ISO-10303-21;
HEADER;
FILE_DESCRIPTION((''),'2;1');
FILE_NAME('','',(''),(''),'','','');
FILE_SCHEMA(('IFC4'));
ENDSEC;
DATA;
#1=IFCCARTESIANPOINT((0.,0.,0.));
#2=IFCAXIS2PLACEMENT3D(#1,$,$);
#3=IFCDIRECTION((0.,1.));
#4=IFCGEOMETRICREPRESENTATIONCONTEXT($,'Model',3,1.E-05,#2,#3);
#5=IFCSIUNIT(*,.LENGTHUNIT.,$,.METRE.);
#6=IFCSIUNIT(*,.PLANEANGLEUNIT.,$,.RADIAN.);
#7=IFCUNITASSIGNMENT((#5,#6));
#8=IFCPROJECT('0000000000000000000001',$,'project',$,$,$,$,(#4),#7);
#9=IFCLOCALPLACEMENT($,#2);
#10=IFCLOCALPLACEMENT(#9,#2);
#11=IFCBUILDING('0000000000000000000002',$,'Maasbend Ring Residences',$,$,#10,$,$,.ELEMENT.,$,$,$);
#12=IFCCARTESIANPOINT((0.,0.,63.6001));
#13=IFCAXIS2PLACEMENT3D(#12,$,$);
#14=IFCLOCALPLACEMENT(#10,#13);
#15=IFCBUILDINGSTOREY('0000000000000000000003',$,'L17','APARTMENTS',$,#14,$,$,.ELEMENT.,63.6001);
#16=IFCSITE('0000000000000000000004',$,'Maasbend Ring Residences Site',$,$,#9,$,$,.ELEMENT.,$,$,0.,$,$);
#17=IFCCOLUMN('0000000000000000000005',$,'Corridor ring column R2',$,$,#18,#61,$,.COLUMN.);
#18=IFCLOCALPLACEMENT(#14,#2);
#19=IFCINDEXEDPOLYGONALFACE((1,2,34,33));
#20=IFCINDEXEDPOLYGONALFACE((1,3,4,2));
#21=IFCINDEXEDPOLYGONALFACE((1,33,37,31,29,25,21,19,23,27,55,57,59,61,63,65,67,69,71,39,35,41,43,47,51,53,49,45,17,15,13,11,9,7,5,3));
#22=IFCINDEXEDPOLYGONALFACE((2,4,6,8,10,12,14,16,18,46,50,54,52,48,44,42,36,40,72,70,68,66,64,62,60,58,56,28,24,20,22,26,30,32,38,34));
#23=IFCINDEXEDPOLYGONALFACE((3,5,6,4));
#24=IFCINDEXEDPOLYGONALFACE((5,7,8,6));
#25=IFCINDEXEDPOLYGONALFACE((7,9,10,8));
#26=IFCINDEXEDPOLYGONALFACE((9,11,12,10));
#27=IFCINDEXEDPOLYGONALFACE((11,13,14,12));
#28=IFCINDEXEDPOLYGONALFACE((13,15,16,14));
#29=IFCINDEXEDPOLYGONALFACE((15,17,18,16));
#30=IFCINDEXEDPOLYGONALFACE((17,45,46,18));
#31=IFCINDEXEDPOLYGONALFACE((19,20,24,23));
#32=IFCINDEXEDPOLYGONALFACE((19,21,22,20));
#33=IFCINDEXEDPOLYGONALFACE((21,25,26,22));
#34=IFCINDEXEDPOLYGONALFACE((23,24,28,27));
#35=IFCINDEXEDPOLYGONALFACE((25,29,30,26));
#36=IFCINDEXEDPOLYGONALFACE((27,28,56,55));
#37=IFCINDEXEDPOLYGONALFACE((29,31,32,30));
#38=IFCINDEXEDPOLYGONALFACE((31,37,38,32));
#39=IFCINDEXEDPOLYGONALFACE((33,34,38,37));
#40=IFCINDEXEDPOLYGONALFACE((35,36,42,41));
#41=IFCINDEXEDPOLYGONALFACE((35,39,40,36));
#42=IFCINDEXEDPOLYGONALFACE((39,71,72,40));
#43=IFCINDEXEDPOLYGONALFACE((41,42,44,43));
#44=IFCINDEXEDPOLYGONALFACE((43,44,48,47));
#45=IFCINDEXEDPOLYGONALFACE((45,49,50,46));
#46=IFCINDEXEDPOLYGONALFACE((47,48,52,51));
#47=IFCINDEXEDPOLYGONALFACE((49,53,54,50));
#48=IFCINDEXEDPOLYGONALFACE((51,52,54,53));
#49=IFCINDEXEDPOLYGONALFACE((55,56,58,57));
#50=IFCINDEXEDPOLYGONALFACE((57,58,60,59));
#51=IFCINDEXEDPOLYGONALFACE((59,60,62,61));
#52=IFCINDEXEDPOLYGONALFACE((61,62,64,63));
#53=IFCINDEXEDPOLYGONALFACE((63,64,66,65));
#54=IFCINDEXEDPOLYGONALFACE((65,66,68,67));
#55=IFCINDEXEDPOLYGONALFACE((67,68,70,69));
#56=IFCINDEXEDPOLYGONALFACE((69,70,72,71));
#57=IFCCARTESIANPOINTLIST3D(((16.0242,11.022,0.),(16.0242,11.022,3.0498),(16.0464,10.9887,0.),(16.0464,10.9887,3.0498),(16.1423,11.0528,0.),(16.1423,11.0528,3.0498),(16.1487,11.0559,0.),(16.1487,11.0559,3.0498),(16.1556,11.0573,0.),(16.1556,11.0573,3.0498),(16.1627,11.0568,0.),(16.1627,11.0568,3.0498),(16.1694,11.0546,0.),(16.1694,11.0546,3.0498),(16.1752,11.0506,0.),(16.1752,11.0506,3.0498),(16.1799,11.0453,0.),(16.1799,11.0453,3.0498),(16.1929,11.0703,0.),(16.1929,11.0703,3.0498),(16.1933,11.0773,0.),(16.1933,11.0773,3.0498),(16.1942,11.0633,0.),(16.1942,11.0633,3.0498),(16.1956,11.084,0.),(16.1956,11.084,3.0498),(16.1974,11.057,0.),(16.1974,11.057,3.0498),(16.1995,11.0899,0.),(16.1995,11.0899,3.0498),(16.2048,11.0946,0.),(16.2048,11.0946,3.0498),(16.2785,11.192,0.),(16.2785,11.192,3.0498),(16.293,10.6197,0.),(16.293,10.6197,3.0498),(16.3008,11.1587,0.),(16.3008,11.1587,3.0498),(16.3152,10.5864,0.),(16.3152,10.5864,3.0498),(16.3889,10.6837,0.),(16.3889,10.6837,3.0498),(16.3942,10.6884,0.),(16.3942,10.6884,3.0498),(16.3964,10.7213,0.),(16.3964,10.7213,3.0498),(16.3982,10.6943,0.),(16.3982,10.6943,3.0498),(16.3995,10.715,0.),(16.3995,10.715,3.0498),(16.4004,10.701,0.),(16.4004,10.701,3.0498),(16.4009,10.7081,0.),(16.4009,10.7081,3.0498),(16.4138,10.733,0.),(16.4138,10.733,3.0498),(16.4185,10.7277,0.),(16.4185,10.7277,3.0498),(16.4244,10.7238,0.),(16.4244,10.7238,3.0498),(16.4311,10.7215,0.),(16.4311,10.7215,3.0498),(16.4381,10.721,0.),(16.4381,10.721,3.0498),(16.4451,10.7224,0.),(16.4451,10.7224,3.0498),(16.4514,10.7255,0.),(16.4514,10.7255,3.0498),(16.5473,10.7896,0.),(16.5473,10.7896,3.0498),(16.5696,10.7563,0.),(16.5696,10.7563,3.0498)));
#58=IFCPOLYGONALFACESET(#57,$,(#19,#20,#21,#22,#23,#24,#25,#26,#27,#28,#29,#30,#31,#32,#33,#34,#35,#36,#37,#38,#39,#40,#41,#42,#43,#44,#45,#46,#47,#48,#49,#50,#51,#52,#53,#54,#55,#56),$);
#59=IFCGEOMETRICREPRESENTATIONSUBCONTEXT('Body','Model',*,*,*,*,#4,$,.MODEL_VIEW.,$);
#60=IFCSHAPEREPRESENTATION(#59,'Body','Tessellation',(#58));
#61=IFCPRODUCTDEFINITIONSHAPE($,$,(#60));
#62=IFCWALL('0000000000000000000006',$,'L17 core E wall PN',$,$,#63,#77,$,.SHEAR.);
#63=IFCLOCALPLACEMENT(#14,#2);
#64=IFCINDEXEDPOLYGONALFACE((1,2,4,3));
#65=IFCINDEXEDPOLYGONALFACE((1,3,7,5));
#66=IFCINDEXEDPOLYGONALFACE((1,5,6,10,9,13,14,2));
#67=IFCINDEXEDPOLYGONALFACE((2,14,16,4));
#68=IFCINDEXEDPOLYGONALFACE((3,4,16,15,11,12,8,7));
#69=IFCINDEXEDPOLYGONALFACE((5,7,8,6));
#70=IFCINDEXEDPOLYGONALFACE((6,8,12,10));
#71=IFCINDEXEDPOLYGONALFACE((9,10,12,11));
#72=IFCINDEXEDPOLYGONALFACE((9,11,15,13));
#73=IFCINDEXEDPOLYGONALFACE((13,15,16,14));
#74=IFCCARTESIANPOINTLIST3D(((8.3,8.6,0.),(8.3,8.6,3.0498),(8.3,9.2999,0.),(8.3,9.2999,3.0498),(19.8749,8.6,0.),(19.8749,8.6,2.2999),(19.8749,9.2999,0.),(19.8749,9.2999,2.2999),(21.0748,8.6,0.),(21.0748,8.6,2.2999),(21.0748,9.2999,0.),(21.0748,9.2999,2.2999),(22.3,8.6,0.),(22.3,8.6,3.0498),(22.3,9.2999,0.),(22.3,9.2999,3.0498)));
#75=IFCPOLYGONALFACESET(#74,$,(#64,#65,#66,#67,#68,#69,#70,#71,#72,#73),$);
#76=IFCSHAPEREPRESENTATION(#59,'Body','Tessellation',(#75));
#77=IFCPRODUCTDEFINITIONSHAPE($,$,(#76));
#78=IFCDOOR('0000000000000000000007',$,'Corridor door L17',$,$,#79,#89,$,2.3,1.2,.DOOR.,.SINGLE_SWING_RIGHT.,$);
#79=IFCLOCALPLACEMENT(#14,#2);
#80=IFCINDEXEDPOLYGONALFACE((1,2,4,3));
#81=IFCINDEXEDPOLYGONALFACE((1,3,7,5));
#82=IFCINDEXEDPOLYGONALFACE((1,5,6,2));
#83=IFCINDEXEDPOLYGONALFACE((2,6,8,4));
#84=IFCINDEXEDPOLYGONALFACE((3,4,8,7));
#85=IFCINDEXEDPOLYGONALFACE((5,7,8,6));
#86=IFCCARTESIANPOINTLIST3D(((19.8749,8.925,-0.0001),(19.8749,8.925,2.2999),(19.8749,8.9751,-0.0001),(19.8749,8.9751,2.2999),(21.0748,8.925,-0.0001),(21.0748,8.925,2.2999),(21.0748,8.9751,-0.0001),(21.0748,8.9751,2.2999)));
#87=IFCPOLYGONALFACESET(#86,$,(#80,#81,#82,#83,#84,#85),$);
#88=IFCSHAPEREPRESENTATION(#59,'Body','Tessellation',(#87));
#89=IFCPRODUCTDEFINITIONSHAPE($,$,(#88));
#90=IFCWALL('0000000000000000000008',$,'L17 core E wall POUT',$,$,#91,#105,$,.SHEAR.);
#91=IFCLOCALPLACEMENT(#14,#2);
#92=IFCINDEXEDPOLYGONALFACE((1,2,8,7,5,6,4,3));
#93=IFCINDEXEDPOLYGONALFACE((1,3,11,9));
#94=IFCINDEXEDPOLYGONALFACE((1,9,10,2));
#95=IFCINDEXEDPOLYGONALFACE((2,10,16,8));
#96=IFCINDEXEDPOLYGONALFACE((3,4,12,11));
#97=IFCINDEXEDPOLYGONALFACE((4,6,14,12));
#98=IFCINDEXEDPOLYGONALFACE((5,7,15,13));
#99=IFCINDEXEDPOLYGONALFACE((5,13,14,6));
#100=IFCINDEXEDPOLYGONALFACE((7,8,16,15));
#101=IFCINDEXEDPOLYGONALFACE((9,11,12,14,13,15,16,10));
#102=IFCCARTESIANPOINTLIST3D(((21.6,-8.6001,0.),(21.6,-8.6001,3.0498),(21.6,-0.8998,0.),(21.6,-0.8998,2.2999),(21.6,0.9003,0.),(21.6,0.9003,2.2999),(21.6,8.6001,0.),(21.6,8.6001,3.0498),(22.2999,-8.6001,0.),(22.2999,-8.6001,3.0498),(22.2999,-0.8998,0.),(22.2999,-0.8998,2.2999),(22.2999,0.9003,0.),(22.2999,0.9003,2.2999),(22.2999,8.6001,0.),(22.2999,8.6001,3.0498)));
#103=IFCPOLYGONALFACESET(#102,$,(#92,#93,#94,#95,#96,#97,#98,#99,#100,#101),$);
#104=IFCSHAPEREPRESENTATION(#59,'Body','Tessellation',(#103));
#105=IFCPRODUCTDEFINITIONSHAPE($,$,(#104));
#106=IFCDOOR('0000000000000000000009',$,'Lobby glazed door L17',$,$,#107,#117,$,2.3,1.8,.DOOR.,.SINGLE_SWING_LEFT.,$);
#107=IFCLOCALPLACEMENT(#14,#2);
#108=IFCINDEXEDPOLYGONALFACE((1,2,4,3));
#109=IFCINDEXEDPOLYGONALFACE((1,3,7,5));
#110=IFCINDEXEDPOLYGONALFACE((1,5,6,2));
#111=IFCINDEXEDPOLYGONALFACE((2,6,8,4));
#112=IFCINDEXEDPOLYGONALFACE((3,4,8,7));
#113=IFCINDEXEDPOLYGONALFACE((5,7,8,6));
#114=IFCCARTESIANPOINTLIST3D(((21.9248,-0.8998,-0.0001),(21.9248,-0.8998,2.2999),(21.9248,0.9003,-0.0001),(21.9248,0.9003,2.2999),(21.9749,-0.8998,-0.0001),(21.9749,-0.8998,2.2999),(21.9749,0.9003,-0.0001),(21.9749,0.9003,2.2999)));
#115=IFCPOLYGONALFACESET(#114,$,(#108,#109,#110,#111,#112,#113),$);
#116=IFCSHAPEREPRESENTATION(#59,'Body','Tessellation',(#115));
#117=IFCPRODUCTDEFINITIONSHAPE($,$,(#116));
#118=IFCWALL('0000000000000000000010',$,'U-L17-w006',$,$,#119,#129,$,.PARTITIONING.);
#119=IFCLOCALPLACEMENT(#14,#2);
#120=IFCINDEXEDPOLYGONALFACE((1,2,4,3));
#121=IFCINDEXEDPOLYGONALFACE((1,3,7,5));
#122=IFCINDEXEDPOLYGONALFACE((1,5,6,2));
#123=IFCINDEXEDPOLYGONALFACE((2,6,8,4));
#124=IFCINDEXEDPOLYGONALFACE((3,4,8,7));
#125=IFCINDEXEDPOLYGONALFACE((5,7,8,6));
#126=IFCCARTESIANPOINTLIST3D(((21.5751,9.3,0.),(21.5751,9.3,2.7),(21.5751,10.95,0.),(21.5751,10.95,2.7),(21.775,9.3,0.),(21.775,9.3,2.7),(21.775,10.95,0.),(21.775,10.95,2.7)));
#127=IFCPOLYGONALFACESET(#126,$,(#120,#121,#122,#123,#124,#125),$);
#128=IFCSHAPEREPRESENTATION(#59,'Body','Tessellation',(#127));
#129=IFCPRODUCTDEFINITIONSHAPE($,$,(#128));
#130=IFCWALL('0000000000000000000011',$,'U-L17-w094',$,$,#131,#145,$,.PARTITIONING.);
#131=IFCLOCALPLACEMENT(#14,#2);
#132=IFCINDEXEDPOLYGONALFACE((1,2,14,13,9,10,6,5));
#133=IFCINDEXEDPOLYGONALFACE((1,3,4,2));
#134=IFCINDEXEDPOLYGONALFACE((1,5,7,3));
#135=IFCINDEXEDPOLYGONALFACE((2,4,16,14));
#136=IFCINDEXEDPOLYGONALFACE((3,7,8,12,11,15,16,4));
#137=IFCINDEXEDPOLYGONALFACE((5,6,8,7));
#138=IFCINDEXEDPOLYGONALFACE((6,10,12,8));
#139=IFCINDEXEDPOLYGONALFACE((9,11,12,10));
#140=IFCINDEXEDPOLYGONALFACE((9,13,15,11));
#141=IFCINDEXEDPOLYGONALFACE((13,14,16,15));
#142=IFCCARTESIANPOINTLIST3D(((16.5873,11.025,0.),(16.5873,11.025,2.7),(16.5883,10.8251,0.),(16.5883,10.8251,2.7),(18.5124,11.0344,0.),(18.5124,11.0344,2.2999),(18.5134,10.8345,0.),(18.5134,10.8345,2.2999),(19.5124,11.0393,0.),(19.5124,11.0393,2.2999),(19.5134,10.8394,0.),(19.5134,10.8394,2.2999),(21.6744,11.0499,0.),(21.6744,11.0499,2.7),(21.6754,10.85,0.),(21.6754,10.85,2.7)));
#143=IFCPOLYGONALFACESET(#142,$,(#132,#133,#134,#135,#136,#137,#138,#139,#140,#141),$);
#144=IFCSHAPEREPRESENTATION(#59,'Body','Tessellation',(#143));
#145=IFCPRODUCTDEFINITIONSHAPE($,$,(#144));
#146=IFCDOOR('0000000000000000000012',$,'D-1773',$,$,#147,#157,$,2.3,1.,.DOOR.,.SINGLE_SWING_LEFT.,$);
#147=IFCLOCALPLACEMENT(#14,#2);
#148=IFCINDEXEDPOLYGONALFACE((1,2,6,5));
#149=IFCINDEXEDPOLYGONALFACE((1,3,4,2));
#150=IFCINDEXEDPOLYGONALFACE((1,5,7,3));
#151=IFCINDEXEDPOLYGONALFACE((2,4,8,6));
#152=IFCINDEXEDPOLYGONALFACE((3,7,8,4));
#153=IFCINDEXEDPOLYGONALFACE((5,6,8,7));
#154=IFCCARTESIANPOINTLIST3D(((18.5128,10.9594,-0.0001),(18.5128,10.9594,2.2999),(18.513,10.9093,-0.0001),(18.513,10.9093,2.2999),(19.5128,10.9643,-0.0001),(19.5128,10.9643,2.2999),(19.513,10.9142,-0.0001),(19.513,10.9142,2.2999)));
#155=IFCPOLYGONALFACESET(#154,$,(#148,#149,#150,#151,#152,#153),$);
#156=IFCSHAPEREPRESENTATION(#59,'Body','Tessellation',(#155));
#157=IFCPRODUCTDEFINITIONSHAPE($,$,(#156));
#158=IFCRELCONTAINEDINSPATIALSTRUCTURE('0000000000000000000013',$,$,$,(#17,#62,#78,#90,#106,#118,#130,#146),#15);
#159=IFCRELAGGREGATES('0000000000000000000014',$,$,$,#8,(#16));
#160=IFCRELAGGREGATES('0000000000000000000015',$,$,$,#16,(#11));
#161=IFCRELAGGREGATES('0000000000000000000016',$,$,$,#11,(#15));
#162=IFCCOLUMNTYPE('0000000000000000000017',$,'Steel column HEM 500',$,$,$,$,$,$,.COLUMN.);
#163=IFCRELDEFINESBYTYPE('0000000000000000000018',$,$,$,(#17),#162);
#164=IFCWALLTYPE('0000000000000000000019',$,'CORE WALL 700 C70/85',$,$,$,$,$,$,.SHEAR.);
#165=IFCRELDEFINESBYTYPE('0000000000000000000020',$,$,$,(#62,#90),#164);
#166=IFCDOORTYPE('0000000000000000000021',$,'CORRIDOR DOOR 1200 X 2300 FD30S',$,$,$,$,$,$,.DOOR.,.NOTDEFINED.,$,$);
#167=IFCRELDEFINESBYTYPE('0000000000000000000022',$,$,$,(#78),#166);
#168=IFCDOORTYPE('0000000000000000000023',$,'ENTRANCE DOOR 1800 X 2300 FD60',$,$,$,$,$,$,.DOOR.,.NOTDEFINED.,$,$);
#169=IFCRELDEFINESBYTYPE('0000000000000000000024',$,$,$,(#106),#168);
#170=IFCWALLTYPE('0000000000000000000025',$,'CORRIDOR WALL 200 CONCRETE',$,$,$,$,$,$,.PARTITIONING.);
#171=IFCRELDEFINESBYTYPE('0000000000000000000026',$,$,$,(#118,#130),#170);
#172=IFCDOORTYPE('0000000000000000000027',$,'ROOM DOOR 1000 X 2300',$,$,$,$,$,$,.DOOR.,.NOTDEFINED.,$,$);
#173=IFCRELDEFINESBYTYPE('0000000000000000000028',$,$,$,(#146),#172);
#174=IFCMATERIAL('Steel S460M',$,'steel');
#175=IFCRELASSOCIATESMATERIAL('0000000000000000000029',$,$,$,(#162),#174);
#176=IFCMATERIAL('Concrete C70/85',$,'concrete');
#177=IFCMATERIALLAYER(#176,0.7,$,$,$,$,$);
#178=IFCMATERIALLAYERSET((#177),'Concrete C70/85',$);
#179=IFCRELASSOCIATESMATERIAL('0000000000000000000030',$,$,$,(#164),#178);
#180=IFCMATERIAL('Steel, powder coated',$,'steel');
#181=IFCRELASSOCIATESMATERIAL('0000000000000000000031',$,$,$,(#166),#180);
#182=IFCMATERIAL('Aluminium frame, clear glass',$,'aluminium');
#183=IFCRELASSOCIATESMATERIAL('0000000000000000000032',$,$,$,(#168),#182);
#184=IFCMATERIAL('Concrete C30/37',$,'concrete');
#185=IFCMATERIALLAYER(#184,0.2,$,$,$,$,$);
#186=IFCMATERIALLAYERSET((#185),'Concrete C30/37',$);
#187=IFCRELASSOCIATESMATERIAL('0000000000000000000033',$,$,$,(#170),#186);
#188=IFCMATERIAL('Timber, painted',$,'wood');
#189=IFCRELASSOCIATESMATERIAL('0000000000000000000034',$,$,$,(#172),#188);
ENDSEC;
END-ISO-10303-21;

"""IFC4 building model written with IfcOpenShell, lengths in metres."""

from ifc_helpers import new_model, si_unit, direction, frame, frame_2d, origin, origin_2d, place, context, subcontext, project, spatial, rectangle, i_section, extrude, material, layer, layer_set, material_profile, profile_set, type_object, element, fill, save


model = new_model("IFC4")

# Units and contexts
model_context = context("Model", 3, precision=1e-05, world=origin(), true_north=direction((0.0, 1.0)))
body_context = subcontext(model_context, "Body", "Model", "MODEL_VIEW")
ifc_project = project(units=[si_unit("LENGTHUNIT", "METRE"), si_unit("PLANEANGLEUNIT", "RADIAN")], contexts=[model_context])

# Site, building, storey
site_placement = place(None, origin())
site = spatial("IfcSite", under=ifc_project, at=site_placement, Name="Maasbend Ring Residences Site", CompositionType="ELEMENT", RefElevation=0.0)
building_placement = place(site_placement, origin())
building = spatial("IfcBuilding", under=site, at=building_placement, Name="Maasbend Ring Residences", CompositionType="ELEMENT")
storey_placement = place(building_placement, frame((0.0, 0.0, 63.6001)))
storey = spatial("IfcBuildingStorey", under=building, at=storey_placement, Name="L17", Description="APARTMENTS", CompositionType="ELEMENT", Elevation=63.6001)

# Column
ifc_material_1 = material(Name="Steel S460M", Category="steel")
ifc_material_profile = material_profile(ifc_material_1, i_section(OverallWidth=0.3059, OverallDepth=0.5239, WebThickness=0.021, FlangeThickness=0.04, FilletRadius=0.0271, at=origin_2d()), Name="HEM 500")
ifc_profile_set = profile_set([ifc_material_profile], Name="Steel S460M")
column_type = type_object("IfcColumnType", Name="Steel column HEM 500", PredefinedType="COLUMN", material=ifc_profile_set)
column_placement = place(storey_placement, frame((16.2969, 10.8892, 0.0), z_axis=(0.0, 0.0, 1.0), x_axis=(0.83147, 0.55557, 0.0)))
element("IfcColumn", 1, at=column_placement, inside=storey, type_object=column_type, Name="Corridor ring column R2", PredefinedType="COLUMN", context=body_context, shape_type="SweptSolid", body=[
    extrude(i_section(OverallWidth=0.3059, OverallDepth=0.5239, WebThickness=0.021, FlangeThickness=0.04, FilletRadius=0.0271, at=origin_2d()), origin(), (0.0, 0.0, 1.0), 3.0498),
])

# Walls, openings, doors
ifc_material_2 = material(Name="Concrete C70/85", Category="concrete")
ifc_layer_1 = layer(ifc_material_2, 0.7)
ifc_layer_set_1 = layer_set([ifc_layer_1], Name="Concrete C70/85")
wall_type_1 = type_object("IfcWallType", Name="CORE WALL 700 C70/85", PredefinedType="SHEAR", material=ifc_layer_set_1)
wall_1_placement = place(storey_placement, frame((22.3, 8.95, 0.0), z_axis=(0.0, 0.0, 1.0), x_axis=(-1.0, 0.0, 0.0)))
wall_1 = element("IfcWall", 2, at=wall_1_placement, inside=storey, type_object=wall_type_1, Name="L17 core E wall PN", PredefinedType="SHEAR", context=body_context, shape_type="SweptSolid", body=[
    extrude(rectangle(XDim=14.0, YDim=0.7, at=frame_2d((7.0, 0.0))), origin(), (0.0, 0.0, 1.0), 3.0498),
])
opening_1_placement = place(wall_1_placement, frame((1.2251, 0.0, 0.0)))
opening_1 = element("IfcOpeningElement", 3, at=opening_1_placement, cuts=wall_1, PredefinedType="OPENING", context=body_context, shape_type="SweptSolid", body=[
    extrude(rectangle(XDim=1.2, YDim=2.3, at=frame_2d((0.6001, 1.1499))), frame((0.0, 0.3599, 0.0), z_axis=(0.0, -1.0, 0.0), x_axis=(1.0, 0.0, 0.0)), (0.0, 0.0, 1.0), 0.72),
])
ifc_material_3 = material(Name="Steel, powder coated", Category="steel")
door_type_1 = type_object("IfcDoorType", Name="CORRIDOR DOOR 1200 X 2300 FD30S", OperationType="NOTDEFINED", PredefinedType="DOOR", material=ifc_material_3)
door_1_placement = place(opening_1_placement, origin())
door_1 = element("IfcDoor", 4, at=door_1_placement, inside=storey, type_object=door_type_1, Name="Corridor door L17", OperationType="SINGLE_SWING_RIGHT", OverallHeight=2.3, OverallWidth=1.2, PredefinedType="DOOR", context=body_context, shape_type="SweptSolid", body=[
    extrude(rectangle(XDim=1.2, YDim=2.3, at=frame_2d((0.6001, 1.1499))), frame((0.0, 0.0249, 0.0), z_axis=(0.0, -1.0, 0.0), x_axis=(1.0, 0.0, 0.0)), (0.0, 0.0, 1.0), 0.05),
])
fill(opening_1, door_1)
wall_2_placement = place(storey_placement, frame((21.95, 8.6001, 0.0), z_axis=(0.0, 0.0, 1.0), x_axis=(0.0, -1.0, 0.0)))
wall_2 = element("IfcWall", 5, at=wall_2_placement, inside=storey, type_object=wall_type_1, Name="L17 core E wall POUT", PredefinedType="SHEAR", context=body_context, shape_type="SweptSolid", body=[
    extrude(rectangle(XDim=17.2002, YDim=0.7, at=frame_2d((8.6001, 0.0))), origin(), (0.0, 0.0, 1.0), 3.0498),
])
opening_2_placement = place(wall_2_placement, frame((7.7, 0.0, 0.0)))
opening_2 = element("IfcOpeningElement", 6, at=opening_2_placement, cuts=wall_2, PredefinedType="OPENING", context=body_context, shape_type="SweptSolid", body=[
    extrude(rectangle(XDim=1.8, YDim=2.3, at=frame_2d((0.8999, 1.1499))), frame((0.0, 0.3599, 0.0), z_axis=(0.0, -1.0, 0.0), x_axis=(1.0, 0.0, 0.0)), (0.0, 0.0, 1.0), 0.72),
])
ifc_material_4 = material(Name="Aluminium frame, clear glass", Category="aluminium")
door_type_2 = type_object("IfcDoorType", Name="ENTRANCE DOOR 1800 X 2300 FD60", OperationType="NOTDEFINED", PredefinedType="DOOR", material=ifc_material_4)
door_2_placement = place(opening_2_placement, origin())
door_2 = element("IfcDoor", 7, at=door_2_placement, inside=storey, type_object=door_type_2, Name="Lobby glazed door L17", OperationType="SINGLE_SWING_LEFT", OverallHeight=2.3, OverallWidth=1.8, PredefinedType="DOOR", context=body_context, shape_type="SweptSolid", body=[
    extrude(rectangle(XDim=1.8, YDim=2.3, at=frame_2d((0.8999, 1.1499))), frame((0.0, 0.0249, 0.0), z_axis=(0.0, -1.0, 0.0), x_axis=(1.0, 0.0, 0.0)), (0.0, 0.0, 1.0), 0.05),
])
fill(opening_2, door_2)

# Wall
ifc_material_5 = material(Name="Concrete C30/37", Category="concrete")
ifc_layer_2 = layer(ifc_material_5, 0.2)
ifc_layer_set_2 = layer_set([ifc_layer_2], Name="Concrete C30/37")
wall_type_2 = type_object("IfcWallType", Name="CORRIDOR WALL 200 CONCRETE", PredefinedType="PARTITIONING", material=ifc_layer_set_2)
wall_3_placement = place(storey_placement, frame((21.675, 9.3, 0.0), z_axis=(0.0, 0.0, 1.0), x_axis=(0.0, 1.0, 0.0)))
element("IfcWall", 8, at=wall_3_placement, inside=storey, type_object=wall_type_2, Name="U-L17-w006", PredefinedType="PARTITIONING", context=body_context, shape_type="SweptSolid", body=[
    extrude(rectangle(XDim=1.6499, YDim=0.2, at=frame_2d((0.825, 0.0))), origin(), (0.0, 0.0, 1.0), 2.7),
])

# Wall, opening, door
wall_4_placement = place(storey_placement, frame((16.5879, 10.925, 0.0), z_axis=(0.0, 0.0, 1.0), x_axis=(0.999988, 0.004895, 0.0)))
wall_4 = element("IfcWall", 9, at=wall_4_placement, inside=storey, type_object=wall_type_2, Name="U-L17-w094", PredefinedType="PARTITIONING", context=body_context, shape_type="SweptSolid", body=[
    extrude(rectangle(XDim=5.0872, YDim=0.2, at=frame_2d((2.5435, 0.0))), origin(), (0.0, 0.0, 1.0), 2.7),
])
opening_3_placement = place(wall_4_placement, frame((1.925, 0.0, 0.0)))
opening_3 = element("IfcOpeningElement", 10, at=opening_3_placement, cuts=wall_4, PredefinedType="OPENING", context=body_context, shape_type="SweptSolid", body=[
    extrude(rectangle(XDim=1.0, YDim=2.3, at=frame_2d((0.5, 1.1499))), frame((0.0, 0.1099, 0.0), z_axis=(0.0, -1.0, 0.0), x_axis=(1.0, 0.0, 0.0)), (0.0, 0.0, 1.0), 0.22),
])
ifc_material_6 = material(Name="Timber, painted", Category="wood")
door_type_3 = type_object("IfcDoorType", Name="ROOM DOOR 1000 X 2300", OperationType="NOTDEFINED", PredefinedType="DOOR", material=ifc_material_6)
door_3_placement = place(opening_3_placement, origin())
door_3 = element("IfcDoor", 11, at=door_3_placement, inside=storey, type_object=door_type_3, Name="D-1773", OperationType="SINGLE_SWING_LEFT", OverallHeight=2.3, OverallWidth=1.0, PredefinedType="DOOR", context=body_context, shape_type="SweptSolid", body=[
    extrude(rectangle(XDim=1.0, YDim=2.3, at=frame_2d((0.5, 1.1499))), frame((0.0, 0.0249, 0.0), z_axis=(0.0, -1.0, 0.0), x_axis=(1.0, 0.0, 0.0)), (0.0, 0.0, 1.0), 0.05),
])
fill(opening_3, door_3)

save(model, "model.ifc")
